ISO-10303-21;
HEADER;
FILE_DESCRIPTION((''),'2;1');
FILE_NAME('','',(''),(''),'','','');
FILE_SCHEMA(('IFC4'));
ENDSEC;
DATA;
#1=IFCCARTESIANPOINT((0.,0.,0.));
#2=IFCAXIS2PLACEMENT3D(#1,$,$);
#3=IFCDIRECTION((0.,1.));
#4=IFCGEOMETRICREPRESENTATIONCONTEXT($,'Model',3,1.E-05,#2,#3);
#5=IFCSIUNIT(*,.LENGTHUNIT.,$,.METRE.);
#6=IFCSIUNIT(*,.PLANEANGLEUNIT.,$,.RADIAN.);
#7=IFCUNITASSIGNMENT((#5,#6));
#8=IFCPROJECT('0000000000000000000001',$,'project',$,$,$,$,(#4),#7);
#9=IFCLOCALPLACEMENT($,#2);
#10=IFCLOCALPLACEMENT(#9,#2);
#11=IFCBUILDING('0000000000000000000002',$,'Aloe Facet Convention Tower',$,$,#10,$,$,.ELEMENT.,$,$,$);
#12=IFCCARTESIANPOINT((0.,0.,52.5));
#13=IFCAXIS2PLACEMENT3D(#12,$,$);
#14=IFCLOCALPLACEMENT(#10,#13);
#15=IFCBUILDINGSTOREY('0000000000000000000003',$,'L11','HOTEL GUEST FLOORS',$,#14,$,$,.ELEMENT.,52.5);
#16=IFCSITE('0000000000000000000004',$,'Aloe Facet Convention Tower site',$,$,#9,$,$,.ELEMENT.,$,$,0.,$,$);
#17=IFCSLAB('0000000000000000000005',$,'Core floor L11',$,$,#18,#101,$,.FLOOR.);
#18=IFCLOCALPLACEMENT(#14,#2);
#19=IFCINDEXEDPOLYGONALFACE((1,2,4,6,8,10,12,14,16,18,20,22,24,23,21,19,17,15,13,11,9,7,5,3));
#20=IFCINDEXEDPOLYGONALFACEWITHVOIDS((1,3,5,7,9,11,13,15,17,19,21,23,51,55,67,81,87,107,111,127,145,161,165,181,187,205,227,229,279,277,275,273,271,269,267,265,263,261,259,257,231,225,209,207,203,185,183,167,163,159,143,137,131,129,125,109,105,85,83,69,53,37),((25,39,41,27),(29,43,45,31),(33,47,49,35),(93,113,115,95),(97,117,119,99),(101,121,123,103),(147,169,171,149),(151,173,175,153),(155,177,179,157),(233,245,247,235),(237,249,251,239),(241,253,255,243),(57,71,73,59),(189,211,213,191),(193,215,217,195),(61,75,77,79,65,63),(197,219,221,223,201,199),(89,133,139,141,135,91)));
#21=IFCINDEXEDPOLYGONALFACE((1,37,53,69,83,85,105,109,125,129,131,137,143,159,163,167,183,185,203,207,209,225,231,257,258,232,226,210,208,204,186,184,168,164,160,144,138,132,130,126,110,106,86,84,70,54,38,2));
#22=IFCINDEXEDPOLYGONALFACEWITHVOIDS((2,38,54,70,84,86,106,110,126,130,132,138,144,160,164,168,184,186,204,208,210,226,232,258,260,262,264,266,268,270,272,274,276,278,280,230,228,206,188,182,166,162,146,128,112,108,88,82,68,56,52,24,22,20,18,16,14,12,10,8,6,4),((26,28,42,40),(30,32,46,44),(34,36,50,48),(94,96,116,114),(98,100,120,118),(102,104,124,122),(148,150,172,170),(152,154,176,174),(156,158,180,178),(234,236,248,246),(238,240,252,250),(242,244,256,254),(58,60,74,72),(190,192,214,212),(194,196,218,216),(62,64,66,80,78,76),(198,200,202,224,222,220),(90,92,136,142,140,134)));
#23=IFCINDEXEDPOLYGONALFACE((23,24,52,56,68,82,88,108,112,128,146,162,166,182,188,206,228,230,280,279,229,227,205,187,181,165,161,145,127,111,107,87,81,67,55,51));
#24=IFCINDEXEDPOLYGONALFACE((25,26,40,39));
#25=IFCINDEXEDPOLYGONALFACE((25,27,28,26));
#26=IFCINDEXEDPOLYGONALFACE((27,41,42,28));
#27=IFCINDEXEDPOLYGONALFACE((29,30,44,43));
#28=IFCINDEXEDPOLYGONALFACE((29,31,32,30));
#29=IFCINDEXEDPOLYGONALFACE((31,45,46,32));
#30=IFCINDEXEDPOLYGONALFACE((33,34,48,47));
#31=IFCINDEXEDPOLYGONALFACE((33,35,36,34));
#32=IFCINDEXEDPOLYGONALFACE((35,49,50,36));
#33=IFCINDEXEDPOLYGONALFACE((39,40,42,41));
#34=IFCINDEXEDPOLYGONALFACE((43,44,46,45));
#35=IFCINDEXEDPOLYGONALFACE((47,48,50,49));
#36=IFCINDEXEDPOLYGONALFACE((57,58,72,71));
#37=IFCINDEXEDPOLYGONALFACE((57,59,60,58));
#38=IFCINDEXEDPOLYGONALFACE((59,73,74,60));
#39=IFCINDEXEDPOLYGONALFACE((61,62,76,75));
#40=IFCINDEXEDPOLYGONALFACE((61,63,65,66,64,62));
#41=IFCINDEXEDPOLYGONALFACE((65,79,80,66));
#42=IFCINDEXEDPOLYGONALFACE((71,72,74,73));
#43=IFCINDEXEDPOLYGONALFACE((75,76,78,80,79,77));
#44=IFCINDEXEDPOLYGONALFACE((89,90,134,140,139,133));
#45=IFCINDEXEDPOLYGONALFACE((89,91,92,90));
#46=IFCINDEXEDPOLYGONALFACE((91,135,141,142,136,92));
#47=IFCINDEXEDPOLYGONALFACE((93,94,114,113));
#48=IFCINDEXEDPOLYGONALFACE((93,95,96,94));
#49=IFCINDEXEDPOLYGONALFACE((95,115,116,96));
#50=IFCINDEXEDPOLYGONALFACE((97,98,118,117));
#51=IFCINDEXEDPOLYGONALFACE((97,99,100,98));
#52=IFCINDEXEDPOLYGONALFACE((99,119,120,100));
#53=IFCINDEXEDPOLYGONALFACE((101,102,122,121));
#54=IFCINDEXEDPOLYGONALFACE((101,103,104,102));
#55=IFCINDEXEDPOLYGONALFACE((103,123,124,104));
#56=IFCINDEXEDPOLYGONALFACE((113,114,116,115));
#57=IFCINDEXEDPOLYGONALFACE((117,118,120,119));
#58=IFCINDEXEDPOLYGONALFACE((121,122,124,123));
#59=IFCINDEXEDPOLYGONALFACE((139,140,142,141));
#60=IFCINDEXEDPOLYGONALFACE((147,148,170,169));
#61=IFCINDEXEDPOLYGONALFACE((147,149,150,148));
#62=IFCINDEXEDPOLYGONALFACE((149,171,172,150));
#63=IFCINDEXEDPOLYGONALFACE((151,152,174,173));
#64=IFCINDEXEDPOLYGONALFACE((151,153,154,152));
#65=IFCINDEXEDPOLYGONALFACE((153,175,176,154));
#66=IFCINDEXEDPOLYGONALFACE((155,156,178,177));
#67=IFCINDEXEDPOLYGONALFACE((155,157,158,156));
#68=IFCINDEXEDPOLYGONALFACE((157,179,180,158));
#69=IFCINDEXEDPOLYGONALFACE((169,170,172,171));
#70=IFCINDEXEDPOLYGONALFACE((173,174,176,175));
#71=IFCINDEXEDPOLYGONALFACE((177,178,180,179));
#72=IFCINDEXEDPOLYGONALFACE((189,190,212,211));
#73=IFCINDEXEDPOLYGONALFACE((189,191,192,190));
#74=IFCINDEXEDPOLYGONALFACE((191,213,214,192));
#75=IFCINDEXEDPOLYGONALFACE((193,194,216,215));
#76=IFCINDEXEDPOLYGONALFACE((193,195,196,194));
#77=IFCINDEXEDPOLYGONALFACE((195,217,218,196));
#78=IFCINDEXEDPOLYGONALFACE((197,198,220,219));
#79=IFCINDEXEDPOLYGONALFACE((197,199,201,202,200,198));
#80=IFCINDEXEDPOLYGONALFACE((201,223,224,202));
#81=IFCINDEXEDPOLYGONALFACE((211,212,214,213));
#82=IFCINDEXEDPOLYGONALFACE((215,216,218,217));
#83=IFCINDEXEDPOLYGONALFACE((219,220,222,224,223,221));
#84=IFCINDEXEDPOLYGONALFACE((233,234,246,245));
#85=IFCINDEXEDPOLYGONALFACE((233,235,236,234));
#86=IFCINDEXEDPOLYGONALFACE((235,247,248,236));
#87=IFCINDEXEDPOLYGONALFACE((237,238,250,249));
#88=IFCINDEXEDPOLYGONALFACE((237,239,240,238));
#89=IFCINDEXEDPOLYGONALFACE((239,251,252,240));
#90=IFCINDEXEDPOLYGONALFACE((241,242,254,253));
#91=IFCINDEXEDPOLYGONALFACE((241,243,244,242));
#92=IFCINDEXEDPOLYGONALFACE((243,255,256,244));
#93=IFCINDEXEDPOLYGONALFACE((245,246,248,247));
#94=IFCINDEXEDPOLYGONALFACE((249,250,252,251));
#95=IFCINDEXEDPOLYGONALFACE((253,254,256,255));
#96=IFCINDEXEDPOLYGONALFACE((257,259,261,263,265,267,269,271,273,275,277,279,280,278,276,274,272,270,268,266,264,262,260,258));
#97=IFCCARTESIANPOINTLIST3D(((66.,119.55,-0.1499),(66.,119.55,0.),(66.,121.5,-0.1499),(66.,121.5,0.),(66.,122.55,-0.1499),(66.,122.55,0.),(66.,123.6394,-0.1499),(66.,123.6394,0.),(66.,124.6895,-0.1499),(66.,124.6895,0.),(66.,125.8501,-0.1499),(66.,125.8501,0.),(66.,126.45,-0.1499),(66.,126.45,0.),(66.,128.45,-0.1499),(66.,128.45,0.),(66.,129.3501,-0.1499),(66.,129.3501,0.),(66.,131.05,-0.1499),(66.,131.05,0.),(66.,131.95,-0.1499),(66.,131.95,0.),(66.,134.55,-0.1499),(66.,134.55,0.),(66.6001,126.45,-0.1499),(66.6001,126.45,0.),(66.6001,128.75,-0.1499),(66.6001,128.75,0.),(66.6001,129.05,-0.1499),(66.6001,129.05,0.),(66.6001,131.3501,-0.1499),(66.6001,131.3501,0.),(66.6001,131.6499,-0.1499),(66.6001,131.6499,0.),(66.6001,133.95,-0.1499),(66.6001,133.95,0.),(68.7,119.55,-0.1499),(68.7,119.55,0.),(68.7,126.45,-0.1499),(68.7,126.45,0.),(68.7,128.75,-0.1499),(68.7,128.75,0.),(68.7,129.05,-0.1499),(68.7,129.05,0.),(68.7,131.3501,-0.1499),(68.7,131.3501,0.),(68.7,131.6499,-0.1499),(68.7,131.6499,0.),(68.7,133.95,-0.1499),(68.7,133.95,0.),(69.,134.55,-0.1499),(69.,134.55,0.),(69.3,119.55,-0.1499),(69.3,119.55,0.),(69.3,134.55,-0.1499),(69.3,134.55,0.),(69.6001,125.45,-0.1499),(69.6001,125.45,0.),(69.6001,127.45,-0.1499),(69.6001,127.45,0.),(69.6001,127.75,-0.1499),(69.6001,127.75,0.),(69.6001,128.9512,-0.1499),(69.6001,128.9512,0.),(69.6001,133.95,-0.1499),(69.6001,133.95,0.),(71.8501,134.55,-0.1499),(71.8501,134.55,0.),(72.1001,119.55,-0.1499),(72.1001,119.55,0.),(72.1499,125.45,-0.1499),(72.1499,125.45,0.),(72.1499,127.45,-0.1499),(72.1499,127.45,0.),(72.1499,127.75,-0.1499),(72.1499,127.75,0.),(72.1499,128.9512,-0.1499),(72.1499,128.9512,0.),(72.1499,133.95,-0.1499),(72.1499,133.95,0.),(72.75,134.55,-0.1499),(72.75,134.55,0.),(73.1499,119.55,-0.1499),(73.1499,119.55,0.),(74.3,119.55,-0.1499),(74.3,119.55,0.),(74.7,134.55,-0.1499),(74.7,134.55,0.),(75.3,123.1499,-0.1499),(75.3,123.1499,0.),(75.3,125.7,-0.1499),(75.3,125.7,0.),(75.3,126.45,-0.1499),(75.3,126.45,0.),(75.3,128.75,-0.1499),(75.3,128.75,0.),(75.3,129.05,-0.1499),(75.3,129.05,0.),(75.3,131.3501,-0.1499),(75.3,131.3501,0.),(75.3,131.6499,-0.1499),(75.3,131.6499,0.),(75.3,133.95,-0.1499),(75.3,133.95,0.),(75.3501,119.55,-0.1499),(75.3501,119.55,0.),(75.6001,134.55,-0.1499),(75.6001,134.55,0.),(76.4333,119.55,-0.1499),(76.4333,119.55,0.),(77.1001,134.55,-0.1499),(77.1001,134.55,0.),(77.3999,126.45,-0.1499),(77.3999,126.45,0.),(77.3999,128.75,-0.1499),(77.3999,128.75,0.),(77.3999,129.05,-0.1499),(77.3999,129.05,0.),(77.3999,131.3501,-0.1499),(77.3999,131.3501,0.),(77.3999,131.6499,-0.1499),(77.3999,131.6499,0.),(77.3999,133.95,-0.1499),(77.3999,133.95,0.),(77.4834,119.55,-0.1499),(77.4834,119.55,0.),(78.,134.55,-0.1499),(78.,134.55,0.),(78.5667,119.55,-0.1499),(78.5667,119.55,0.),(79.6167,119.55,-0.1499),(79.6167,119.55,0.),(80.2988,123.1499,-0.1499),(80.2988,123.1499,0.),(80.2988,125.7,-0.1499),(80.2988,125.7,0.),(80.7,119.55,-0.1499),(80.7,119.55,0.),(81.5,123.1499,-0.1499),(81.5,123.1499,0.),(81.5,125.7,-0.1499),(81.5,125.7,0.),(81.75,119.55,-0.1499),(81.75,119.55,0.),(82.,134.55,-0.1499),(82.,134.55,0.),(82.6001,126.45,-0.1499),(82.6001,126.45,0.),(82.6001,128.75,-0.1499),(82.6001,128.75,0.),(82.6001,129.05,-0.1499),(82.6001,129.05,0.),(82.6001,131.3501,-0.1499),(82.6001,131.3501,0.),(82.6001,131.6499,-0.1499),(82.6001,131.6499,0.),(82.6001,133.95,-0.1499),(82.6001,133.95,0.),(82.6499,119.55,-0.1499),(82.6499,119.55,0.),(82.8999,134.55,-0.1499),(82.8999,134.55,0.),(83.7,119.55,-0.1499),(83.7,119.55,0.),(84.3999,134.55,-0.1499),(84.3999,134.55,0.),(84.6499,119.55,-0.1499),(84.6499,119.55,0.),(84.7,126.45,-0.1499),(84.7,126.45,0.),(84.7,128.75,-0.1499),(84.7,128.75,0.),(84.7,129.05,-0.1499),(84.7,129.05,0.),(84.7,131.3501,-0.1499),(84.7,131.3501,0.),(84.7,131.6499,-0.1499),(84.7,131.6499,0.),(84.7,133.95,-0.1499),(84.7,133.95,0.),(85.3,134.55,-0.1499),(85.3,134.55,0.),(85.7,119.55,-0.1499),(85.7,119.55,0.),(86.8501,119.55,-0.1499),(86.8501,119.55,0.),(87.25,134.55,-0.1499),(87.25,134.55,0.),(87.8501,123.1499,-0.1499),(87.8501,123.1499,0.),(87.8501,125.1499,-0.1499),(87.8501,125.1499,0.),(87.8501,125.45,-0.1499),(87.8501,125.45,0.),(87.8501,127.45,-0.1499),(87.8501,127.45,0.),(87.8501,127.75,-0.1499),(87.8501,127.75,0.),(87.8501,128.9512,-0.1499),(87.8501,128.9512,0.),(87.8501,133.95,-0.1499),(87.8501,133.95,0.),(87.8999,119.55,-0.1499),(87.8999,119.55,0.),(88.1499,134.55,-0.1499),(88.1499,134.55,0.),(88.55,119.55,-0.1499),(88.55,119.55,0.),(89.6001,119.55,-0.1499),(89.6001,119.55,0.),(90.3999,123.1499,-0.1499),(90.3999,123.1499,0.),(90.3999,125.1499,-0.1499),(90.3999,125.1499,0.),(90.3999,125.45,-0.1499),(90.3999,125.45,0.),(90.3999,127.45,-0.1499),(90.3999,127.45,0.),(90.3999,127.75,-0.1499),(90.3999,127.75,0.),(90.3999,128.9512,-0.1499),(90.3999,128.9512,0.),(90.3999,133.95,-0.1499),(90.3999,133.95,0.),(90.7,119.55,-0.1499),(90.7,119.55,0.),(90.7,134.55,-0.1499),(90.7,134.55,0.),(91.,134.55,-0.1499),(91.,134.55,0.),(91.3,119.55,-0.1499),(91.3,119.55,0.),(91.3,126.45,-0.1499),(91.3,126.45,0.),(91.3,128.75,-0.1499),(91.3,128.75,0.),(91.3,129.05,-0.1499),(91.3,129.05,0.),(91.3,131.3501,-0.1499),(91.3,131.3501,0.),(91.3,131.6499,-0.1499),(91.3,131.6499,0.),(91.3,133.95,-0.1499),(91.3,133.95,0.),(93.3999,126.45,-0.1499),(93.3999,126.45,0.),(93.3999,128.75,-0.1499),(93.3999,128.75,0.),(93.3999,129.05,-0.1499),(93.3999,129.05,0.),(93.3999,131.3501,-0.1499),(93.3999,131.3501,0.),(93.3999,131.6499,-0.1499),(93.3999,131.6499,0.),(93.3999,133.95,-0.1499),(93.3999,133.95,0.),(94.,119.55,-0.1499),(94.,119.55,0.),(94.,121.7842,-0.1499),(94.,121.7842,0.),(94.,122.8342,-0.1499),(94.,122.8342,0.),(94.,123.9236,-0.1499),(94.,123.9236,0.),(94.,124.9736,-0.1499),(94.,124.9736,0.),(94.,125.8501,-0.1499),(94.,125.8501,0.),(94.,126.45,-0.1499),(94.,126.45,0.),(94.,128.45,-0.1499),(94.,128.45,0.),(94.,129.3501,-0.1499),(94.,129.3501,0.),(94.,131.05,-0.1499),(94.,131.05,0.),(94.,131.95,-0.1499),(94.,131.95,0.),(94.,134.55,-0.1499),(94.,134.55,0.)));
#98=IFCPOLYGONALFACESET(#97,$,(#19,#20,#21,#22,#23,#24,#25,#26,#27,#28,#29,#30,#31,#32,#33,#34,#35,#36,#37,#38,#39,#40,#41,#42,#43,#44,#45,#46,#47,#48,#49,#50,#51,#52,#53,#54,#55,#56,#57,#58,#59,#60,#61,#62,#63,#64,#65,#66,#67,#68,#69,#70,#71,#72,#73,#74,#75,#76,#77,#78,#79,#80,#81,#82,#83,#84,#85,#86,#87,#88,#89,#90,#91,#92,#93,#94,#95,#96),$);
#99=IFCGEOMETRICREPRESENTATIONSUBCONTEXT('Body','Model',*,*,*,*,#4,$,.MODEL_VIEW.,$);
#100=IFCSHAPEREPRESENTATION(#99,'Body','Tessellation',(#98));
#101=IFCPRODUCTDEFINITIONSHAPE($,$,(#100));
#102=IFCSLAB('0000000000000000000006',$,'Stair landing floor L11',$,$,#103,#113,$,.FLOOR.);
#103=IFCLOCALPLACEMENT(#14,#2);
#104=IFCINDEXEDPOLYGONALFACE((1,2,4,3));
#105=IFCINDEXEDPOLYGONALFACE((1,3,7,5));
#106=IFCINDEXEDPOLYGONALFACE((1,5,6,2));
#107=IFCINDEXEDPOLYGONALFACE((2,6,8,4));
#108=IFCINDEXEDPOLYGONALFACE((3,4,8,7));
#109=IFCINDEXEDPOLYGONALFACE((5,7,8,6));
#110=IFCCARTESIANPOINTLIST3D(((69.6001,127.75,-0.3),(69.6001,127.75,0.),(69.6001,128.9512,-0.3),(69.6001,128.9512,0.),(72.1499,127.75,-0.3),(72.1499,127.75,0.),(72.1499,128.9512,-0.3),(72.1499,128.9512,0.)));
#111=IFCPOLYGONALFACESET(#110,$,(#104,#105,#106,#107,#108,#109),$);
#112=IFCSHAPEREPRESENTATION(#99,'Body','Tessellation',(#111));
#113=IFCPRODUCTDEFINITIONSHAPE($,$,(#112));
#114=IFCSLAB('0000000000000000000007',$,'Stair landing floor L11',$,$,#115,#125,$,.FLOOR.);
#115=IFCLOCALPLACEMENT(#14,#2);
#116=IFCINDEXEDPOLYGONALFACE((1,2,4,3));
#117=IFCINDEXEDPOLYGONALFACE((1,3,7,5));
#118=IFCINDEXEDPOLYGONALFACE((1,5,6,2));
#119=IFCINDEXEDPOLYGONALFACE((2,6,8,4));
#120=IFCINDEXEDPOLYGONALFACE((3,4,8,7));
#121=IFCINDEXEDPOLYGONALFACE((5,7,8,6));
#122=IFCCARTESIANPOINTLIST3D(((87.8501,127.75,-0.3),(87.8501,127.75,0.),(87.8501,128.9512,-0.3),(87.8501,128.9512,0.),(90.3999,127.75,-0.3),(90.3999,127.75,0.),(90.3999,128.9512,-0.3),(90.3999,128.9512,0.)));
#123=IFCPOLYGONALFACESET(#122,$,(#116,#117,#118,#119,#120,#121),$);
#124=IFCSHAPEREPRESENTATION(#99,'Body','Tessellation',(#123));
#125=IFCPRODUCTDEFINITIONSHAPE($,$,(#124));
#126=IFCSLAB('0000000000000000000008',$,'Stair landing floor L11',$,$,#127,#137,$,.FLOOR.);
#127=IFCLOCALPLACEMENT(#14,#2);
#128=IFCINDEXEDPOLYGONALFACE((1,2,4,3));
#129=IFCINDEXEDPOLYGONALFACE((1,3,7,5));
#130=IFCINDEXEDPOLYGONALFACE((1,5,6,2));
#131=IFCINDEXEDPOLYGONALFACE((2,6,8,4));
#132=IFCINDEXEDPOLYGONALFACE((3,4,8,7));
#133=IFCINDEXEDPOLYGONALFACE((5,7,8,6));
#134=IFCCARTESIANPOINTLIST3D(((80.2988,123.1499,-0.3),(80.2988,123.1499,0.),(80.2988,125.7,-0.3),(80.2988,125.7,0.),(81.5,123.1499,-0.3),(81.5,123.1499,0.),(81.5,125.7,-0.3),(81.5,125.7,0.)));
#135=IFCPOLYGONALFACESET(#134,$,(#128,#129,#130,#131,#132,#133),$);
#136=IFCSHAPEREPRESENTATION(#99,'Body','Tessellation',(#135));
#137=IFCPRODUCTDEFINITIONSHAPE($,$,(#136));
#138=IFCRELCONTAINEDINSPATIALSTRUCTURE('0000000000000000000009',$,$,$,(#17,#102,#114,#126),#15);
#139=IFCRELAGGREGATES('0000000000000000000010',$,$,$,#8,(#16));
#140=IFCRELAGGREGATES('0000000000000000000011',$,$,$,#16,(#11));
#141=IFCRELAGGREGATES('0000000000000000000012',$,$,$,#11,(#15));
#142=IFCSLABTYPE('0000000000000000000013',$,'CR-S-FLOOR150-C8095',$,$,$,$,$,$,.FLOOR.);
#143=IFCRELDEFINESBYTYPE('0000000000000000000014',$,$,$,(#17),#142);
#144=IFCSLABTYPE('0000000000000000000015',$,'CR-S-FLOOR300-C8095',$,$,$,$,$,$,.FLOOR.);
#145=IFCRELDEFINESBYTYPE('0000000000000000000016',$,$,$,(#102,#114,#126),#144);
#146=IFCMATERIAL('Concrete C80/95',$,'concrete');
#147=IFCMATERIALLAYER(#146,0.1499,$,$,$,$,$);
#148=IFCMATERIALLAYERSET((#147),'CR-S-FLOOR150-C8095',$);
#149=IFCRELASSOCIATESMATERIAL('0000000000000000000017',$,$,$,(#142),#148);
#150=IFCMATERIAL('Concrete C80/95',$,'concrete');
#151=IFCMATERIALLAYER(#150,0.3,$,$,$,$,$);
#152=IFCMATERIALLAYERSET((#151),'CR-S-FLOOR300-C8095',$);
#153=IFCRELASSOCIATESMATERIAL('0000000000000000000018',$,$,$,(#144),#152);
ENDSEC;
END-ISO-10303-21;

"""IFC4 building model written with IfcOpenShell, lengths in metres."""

from ifc_helpers import new_model, si_unit, direction, frame, origin, place, context, subcontext, project, spatial, polyline, outline, extrude, material, layer, layer_set, type_object, element, save


model = new_model("IFC4")

# Units and contexts
model_context = context("Model", 3, precision=1e-05, world=origin(), true_north=direction((0.0, 1.0)))
body_context = subcontext(model_context, "Body", "Model", "MODEL_VIEW")
ifc_project = project(units=[si_unit("LENGTHUNIT", "METRE"), si_unit("PLANEANGLEUNIT", "RADIAN")], contexts=[model_context])

# Site, building, storey
site_placement = place(None, origin())
site = spatial("IfcSite", under=ifc_project, at=site_placement, Name="Aloe Facet Convention Tower site", CompositionType="ELEMENT", RefElevation=0.0)
building_placement = place(site_placement, origin())
building = spatial("IfcBuilding", under=site, at=building_placement, Name="Aloe Facet Convention Tower", CompositionType="ELEMENT")
storey_placement = place(building_placement, frame((0.0, 0.0, 52.5)))
storey = spatial("IfcBuildingStorey", under=building, at=storey_placement, Name="L11", Description="HOTEL GUEST FLOORS", CompositionType="ELEMENT", Elevation=52.5)

# Slabs
ifc_material_1 = material(Name="Concrete C80/95", Category="concrete")
ifc_layer_1 = layer(ifc_material_1, 0.1499)
ifc_layer_set_1 = layer_set([ifc_layer_1], Name="CR-S-FLOOR150-C8095")
slab_type_1 = type_object("IfcSlabType", Name="CR-S-FLOOR150-C8095", PredefinedType="FLOOR", material=ifc_layer_set_1)
slab_1_placement = place(storey_placement, frame((0.0, 0.0, -0.1499)))
element("IfcSlab", 1, at=slab_1_placement, inside=storey, type_object=slab_type_1, Name="Core floor L11", PredefinedType="FLOOR", context=body_context, shape_type="SweptSolid", body=[
    extrude(outline(polyline([(69.3, 134.55), (71.8501, 134.55), (72.75, 134.55), (74.7, 134.55), (75.6001, 134.55), (77.1001, 134.55), (78.0, 134.55), (82.0, 134.55), (82.8999, 134.55), (84.3999, 134.55), (85.3, 134.55), (87.25, 134.55), (88.1499, 134.55), (90.7, 134.55), (91.0, 134.55), (94.0, 134.55), (94.0, 131.95), (94.0, 131.05), (94.0, 129.3501), (94.0, 128.45), (94.0, 126.45), (94.0, 125.8501), (94.0, 124.9736), (94.0, 123.9236), (94.0, 122.8342), (94.0, 121.7842), (94.0, 119.55), (91.3, 119.55), (90.7, 119.55), (89.6001, 119.55), (88.55, 119.55), (87.8999, 119.55), (86.8501, 119.55), (85.7, 119.55), (84.6499, 119.55), (83.7, 119.55), (82.6499, 119.55), (81.75, 119.55), (80.7, 119.55), (79.6167, 119.55), (78.5667, 119.55), (77.4834, 119.55), (76.4333, 119.55), (75.3501, 119.55), (74.3, 119.55), (73.1499, 119.55), (72.1001, 119.55), (69.3, 119.55), (68.7, 119.55), (66.0, 119.55), (66.0, 121.5), (66.0, 122.55), (66.0, 123.6394), (66.0, 124.6895), (66.0, 125.8501), (66.0, 126.45), (66.0, 128.45), (66.0, 129.3501), (66.0, 131.05), (66.0, 131.95), (66.0, 134.55), (69.0, 134.55), (69.3, 134.55)]), holes=[polyline([(75.3, 123.1499), (80.2988, 123.1499), (81.5, 123.1499), (81.5, 125.7), (80.2988, 125.7), (75.3, 125.7), (75.3, 123.1499)]), polyline([(69.6001, 125.45), (72.1499, 125.45), (72.1499, 127.45), (69.6001, 127.45), (69.6001, 125.45)]), polyline([(66.6001, 126.45), (68.7, 126.45), (68.7, 128.75), (66.6001, 128.75), (66.6001, 126.45)]), polyline([(75.3, 126.45), (77.3999, 126.45), (77.3999, 128.75), (75.3, 128.75), (75.3, 126.45)]), polyline([(66.6001, 129.05), (68.7, 129.05), (68.7, 131.3501), (66.6001, 131.3501), (66.6001, 129.05)]), polyline([(75.3, 129.05), (77.3999, 129.05), (77.3999, 131.3501), (75.3, 131.3501), (75.3, 129.05)]), polyline([(69.6001, 133.95), (69.6001, 128.9512), (69.6001, 127.75), (72.1499, 127.75), (72.1499, 128.9512), (72.1499, 133.95), (69.6001, 133.95)]), polyline([(66.6001, 133.95), (66.6001, 131.6499), (68.7, 131.6499), (68.7, 133.95), (66.6001, 133.95)]), polyline([(75.3, 133.95), (75.3, 131.6499), (77.3999, 131.6499), (77.3999, 133.95), (75.3, 133.95)]), polyline([(87.8501, 123.1499), (90.3999, 123.1499), (90.3999, 125.1499), (87.8501, 125.1499), (87.8501, 123.1499)]), polyline([(87.8501, 125.45), (90.3999, 125.45), (90.3999, 127.45), (87.8501, 127.45), (87.8501, 125.45)]), polyline([(82.6001, 126.45), (84.7, 126.45), (84.7, 128.75), (82.6001, 128.75), (82.6001, 126.45)]), polyline([(91.3, 126.45), (93.3999, 126.45), (93.3999, 128.75), (91.3, 128.75), (91.3, 126.45)]), polyline([(82.6001, 129.05), (84.7, 129.05), (84.7, 131.3501), (82.6001, 131.3501), (82.6001, 129.05)]), polyline([(91.3, 129.05), (93.3999, 129.05), (93.3999, 131.3501), (91.3, 131.3501), (91.3, 129.05)]), polyline([(87.8501, 133.95), (87.8501, 128.9512), (87.8501, 127.75), (90.3999, 127.75), (90.3999, 128.9512), (90.3999, 133.95), (87.8501, 133.95)]), polyline([(82.6001, 133.95), (82.6001, 131.6499), (84.7, 131.6499), (84.7, 133.95), (82.6001, 133.95)]), polyline([(91.3, 133.95), (91.3, 131.6499), (93.3999, 131.6499), (93.3999, 133.95), (91.3, 133.95)])]), origin(), (0.0, 0.0, 1.0), 0.1499),
])
ifc_material_2 = material(Name="Concrete C80/95", Category="concrete")
ifc_layer_2 = layer(ifc_material_2, 0.3)
ifc_layer_set_2 = layer_set([ifc_layer_2], Name="CR-S-FLOOR300-C8095")
slab_type_2 = type_object("IfcSlabType", Name="CR-S-FLOOR300-C8095", PredefinedType="FLOOR", material=ifc_layer_set_2)
slab_2_placement = place(storey_placement, frame((0.0, 0.0, -0.3)))
element("IfcSlab", 2, at=slab_2_placement, inside=storey, type_object=slab_type_2, Name="Stair landing floor L11", PredefinedType="FLOOR", context=body_context, shape_type="SweptSolid", body=[
    extrude(outline(polyline([(72.1499, 127.75), (72.1499, 128.9512), (69.6001, 128.9512), (69.6001, 127.75), (72.1499, 127.75)])), origin(), (0.0, 0.0, 1.0), 0.3),
])
slab_3_placement = place(storey_placement, frame((0.0, 0.0, -0.3)))
element("IfcSlab", 3, at=slab_3_placement, inside=storey, type_object=slab_type_2, Name="Stair landing floor L11", PredefinedType="FLOOR", context=body_context, shape_type="SweptSolid", body=[
    extrude(outline(polyline([(90.3999, 127.75), (90.3999, 128.9512), (87.8501, 128.9512), (87.8501, 127.75), (90.3999, 127.75)])), origin(), (0.0, 0.0, 1.0), 0.3),
])
slab_4_placement = place(storey_placement, frame((0.0, 0.0, -0.3)))
element("IfcSlab", 4, at=slab_4_placement, inside=storey, type_object=slab_type_2, Name="Stair landing floor L11", PredefinedType="FLOOR", context=body_context, shape_type="SweptSolid", body=[
    extrude(outline(polyline([(81.5, 125.7), (80.2988, 125.7), (80.2988, 123.1499), (81.5, 123.1499), (81.5, 125.7)])), origin(), (0.0, 0.0, 1.0), 0.3),
])

save(model, "model.ifc")
